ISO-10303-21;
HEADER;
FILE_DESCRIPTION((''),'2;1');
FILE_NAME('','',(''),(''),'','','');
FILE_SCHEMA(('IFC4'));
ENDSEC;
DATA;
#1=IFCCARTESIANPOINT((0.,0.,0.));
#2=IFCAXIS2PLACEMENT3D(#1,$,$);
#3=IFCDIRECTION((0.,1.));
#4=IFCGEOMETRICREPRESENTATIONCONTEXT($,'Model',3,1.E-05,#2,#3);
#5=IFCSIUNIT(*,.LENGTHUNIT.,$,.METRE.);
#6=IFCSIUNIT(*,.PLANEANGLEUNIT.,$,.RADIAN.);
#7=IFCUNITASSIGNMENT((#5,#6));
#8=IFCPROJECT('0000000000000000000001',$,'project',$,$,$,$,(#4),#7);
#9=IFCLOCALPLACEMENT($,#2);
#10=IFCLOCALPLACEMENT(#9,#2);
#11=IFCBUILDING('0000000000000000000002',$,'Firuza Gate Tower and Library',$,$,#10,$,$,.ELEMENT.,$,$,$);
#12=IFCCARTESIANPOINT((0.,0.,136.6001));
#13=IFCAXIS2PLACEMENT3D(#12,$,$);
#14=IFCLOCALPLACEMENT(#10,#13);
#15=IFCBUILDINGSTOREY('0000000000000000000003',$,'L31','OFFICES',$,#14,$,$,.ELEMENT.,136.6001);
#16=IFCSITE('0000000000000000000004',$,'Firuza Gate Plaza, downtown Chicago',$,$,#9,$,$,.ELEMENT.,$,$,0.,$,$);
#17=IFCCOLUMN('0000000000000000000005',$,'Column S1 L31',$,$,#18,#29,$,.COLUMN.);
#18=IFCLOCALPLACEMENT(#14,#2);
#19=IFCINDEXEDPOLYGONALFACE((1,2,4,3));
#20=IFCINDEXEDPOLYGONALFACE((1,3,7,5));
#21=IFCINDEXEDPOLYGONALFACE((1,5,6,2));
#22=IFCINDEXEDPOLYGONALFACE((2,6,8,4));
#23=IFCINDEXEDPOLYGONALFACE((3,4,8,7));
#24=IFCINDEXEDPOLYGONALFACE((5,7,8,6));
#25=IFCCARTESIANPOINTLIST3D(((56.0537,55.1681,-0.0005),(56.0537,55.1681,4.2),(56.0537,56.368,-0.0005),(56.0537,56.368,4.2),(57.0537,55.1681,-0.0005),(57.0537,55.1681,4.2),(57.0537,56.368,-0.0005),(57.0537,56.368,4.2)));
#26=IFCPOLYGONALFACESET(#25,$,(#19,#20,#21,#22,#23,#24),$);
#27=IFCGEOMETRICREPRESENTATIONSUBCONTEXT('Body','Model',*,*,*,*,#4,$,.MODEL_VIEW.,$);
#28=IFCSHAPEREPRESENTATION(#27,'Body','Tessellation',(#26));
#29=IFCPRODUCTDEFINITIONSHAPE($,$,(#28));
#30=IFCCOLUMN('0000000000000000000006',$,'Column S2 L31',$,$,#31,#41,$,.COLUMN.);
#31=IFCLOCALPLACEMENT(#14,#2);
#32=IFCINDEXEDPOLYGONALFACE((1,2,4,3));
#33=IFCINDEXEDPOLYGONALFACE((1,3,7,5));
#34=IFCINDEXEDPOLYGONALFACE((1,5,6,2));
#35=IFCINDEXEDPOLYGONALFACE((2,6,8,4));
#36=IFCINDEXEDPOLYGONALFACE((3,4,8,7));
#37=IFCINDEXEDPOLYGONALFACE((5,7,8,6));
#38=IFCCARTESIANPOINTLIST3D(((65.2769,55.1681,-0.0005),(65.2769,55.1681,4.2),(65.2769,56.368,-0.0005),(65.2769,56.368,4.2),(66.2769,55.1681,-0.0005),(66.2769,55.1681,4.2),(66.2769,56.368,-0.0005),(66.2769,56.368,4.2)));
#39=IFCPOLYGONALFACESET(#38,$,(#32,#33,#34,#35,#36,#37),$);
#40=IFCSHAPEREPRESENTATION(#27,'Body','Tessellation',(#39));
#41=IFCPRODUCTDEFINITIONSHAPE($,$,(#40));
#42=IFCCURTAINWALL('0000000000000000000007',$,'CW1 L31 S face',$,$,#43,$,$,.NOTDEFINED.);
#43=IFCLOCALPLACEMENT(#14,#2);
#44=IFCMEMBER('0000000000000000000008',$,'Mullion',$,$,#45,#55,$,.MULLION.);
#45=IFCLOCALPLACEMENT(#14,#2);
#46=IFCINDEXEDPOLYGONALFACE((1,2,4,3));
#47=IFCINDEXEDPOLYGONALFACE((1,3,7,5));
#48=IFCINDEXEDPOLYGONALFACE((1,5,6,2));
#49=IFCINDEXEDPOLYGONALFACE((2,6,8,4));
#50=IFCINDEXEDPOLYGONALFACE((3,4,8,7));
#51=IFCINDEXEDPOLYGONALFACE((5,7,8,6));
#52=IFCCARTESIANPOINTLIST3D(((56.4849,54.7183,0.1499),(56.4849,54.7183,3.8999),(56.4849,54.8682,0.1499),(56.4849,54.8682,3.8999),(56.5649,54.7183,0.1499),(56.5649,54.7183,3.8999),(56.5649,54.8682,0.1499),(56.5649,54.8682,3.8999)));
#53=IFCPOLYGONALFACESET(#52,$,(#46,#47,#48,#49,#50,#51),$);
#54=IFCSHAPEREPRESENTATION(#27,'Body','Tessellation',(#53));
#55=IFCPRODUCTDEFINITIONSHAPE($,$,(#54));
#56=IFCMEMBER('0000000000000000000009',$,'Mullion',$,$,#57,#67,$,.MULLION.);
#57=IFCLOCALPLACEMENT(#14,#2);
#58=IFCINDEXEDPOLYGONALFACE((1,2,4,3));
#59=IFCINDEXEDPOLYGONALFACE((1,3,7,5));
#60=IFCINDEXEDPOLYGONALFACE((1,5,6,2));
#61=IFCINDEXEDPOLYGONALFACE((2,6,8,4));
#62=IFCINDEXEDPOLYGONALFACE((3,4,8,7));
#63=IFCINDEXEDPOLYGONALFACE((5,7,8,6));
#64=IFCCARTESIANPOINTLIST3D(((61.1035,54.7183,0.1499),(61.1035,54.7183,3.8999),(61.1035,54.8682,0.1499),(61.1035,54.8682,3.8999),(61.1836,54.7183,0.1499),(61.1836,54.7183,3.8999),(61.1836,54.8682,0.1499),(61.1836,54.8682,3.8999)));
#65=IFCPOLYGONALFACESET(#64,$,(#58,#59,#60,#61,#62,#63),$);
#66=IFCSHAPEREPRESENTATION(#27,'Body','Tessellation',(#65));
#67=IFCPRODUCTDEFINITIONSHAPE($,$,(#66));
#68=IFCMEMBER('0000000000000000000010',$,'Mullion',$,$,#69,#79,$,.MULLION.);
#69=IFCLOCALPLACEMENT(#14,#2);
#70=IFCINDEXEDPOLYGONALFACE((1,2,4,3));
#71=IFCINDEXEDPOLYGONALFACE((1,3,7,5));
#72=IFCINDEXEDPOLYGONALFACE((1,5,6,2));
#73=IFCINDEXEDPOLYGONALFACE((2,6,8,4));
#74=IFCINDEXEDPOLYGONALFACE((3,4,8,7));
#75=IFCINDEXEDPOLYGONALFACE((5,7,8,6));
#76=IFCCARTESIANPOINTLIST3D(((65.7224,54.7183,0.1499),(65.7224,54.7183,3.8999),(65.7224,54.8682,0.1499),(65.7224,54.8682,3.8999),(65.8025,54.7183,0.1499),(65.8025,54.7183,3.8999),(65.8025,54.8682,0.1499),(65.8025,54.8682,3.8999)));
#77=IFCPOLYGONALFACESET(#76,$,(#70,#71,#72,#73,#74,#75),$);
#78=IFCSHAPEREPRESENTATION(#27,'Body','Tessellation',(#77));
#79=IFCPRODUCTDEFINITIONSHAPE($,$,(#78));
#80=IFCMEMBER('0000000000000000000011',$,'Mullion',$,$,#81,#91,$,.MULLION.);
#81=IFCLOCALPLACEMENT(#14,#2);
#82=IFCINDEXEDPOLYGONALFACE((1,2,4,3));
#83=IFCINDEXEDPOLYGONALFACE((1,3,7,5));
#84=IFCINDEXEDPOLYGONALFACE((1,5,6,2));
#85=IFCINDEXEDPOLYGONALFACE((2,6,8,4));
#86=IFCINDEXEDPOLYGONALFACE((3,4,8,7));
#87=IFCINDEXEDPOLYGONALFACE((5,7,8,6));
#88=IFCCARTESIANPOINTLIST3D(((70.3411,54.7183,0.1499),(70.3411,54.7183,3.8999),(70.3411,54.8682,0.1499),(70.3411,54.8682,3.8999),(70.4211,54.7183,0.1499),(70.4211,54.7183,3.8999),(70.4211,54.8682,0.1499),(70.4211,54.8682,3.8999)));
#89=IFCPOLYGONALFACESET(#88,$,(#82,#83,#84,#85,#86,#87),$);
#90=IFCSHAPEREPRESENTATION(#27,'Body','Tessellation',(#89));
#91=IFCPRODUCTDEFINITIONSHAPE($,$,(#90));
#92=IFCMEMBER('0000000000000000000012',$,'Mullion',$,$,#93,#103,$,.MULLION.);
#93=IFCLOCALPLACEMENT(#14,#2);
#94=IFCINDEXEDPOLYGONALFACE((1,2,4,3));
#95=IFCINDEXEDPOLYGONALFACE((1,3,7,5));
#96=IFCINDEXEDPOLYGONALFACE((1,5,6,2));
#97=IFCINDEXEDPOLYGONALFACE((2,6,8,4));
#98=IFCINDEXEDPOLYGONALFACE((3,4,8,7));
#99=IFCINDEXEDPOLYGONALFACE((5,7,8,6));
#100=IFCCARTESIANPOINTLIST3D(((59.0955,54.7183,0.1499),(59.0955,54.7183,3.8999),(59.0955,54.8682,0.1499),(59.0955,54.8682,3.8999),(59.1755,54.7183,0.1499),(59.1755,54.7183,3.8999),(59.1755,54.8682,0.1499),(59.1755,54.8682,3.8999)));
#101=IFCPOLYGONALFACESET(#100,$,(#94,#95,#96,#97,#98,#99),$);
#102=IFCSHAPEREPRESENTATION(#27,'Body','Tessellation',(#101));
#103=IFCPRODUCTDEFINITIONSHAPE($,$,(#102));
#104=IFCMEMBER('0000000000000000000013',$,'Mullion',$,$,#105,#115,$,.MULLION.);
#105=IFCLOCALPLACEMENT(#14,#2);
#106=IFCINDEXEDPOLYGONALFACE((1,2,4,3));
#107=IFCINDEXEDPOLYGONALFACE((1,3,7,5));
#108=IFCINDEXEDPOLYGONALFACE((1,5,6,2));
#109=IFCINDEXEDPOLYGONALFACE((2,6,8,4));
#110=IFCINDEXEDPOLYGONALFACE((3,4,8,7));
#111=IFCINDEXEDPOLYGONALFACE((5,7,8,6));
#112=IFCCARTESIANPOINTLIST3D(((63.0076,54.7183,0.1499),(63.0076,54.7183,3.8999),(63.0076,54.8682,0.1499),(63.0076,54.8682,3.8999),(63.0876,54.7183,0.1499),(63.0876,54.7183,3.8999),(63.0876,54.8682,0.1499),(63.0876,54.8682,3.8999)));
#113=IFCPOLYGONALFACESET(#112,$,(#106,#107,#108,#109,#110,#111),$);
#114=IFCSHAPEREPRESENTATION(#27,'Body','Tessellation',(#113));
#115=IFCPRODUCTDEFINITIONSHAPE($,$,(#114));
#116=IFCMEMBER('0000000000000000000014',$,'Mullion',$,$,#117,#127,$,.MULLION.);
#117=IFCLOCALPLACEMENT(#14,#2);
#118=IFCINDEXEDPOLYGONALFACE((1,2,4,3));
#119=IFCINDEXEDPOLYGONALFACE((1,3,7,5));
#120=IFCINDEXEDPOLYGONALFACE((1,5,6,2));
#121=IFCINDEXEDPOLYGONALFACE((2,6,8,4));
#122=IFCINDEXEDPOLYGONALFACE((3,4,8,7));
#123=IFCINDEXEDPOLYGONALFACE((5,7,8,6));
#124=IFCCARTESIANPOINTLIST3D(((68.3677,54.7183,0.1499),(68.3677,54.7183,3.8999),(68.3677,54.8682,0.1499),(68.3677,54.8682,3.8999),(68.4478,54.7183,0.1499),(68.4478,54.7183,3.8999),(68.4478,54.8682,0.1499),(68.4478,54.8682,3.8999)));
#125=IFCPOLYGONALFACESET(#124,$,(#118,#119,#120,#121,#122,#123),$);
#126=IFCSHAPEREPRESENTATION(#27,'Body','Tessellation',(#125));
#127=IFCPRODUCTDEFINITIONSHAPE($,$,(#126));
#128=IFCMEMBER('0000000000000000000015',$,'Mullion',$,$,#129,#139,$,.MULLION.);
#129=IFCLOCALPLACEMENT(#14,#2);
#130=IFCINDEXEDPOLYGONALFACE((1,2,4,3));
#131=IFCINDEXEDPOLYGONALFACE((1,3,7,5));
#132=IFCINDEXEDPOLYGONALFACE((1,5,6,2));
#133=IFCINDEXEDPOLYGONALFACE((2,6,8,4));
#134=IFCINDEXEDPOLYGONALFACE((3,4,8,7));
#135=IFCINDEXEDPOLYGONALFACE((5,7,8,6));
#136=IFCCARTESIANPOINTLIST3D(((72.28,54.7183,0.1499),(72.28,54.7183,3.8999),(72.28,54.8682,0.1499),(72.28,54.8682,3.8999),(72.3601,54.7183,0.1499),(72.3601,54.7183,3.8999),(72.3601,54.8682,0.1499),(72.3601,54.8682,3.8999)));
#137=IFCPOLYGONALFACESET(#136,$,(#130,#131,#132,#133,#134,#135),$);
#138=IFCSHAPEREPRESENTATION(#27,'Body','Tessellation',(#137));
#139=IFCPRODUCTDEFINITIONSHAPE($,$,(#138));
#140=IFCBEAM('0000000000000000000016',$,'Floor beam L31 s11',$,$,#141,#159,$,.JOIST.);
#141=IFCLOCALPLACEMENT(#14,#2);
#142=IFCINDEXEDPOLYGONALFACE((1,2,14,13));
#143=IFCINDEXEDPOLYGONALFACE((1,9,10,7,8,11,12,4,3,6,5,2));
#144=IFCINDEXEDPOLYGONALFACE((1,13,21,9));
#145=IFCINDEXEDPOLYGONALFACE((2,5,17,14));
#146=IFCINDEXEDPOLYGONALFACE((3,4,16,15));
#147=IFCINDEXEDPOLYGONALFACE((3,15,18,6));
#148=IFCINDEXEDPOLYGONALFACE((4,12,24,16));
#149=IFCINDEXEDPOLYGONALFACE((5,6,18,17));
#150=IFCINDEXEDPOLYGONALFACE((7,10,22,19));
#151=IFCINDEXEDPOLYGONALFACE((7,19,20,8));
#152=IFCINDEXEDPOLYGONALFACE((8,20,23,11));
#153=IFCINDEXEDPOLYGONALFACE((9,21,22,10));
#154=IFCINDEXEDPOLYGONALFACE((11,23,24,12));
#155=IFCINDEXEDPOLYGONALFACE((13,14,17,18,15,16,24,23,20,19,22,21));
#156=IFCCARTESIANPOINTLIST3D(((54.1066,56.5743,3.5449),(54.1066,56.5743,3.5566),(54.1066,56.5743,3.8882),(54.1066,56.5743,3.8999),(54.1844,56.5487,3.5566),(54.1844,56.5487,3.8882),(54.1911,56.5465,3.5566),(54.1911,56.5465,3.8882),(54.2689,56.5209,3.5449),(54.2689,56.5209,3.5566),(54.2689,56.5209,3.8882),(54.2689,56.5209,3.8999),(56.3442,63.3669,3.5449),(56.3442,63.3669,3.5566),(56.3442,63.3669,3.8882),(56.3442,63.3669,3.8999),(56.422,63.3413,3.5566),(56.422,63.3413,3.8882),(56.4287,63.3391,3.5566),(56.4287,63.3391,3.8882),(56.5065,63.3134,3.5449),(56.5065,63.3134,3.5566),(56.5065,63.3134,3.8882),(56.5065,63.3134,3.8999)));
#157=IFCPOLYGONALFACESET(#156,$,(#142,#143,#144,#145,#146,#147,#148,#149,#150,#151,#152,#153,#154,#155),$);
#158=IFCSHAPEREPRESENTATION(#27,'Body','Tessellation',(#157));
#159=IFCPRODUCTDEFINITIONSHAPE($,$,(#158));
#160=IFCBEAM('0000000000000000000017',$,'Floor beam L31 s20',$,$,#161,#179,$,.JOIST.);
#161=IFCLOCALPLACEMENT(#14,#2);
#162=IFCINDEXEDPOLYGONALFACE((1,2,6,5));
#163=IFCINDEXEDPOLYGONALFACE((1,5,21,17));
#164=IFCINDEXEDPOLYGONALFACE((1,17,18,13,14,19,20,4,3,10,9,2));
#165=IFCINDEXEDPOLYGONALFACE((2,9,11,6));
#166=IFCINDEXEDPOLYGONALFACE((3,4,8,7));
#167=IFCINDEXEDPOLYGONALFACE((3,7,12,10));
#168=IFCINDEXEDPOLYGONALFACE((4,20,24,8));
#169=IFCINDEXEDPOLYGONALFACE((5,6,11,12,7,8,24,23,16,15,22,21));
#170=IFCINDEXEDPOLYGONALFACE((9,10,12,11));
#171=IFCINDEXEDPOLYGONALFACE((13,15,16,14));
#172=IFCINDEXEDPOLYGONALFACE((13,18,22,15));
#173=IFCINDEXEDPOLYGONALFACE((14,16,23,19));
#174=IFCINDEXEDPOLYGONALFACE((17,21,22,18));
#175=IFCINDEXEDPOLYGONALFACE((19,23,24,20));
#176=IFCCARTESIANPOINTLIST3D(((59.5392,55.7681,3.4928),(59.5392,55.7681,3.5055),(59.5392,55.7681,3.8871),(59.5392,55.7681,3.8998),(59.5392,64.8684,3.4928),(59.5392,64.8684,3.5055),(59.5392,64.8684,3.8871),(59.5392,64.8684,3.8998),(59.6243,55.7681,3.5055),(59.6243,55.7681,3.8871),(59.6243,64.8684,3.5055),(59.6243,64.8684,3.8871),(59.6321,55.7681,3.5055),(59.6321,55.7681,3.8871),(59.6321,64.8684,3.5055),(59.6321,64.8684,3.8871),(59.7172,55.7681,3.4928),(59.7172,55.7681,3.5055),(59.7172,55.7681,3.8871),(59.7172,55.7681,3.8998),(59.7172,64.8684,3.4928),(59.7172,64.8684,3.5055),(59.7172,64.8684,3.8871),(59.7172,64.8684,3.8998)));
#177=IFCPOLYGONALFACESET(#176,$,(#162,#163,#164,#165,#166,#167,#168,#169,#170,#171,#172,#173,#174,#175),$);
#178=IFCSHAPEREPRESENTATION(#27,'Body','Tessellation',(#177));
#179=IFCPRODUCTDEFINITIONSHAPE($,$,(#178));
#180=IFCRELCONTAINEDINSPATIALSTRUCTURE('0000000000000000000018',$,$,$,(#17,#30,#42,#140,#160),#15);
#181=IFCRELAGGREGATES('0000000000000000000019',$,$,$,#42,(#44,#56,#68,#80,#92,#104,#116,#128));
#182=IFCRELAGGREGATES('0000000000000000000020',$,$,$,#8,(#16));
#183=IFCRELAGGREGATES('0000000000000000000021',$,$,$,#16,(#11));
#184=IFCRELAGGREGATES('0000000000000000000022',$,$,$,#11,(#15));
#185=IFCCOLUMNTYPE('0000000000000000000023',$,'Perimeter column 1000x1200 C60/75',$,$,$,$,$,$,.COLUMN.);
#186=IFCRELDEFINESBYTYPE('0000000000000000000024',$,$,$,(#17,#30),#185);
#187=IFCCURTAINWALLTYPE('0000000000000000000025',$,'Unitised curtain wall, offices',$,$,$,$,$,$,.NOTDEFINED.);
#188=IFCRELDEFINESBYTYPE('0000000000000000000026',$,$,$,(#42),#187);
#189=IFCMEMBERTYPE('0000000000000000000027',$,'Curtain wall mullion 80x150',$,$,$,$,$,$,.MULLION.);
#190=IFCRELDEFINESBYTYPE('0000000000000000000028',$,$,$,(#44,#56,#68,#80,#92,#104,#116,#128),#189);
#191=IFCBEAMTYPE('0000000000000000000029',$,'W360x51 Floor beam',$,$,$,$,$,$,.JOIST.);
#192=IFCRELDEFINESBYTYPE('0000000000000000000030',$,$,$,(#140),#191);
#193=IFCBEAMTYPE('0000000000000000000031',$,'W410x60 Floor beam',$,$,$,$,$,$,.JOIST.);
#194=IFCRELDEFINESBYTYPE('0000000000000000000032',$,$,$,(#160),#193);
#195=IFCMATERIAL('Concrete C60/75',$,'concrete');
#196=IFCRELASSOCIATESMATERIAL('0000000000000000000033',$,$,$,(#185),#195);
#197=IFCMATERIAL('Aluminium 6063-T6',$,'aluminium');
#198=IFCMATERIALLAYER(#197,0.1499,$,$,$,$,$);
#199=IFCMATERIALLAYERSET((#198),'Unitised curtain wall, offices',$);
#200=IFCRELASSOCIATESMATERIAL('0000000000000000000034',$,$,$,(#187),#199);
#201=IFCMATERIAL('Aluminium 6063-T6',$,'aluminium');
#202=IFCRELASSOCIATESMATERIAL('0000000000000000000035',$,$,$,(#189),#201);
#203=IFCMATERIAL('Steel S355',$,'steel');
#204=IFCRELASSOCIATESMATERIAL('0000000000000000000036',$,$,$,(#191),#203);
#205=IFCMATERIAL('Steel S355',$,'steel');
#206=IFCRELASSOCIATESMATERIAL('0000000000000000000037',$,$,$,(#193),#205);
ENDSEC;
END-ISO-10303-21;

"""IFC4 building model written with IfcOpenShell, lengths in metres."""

from ifc_helpers import new_model, si_unit, direction, frame, origin, origin_2d, place, context, subcontext, project, spatial, rectangle, i_section, extrude, material, layer, layer_set, material_profile, profile_set, type_object, element, aggregate, save


model = new_model("IFC4")

# Units and contexts
model_context = context("Model", 3, precision=1e-05, world=origin(), true_north=direction((0.0, 1.0)))
body_context = subcontext(model_context, "Body", "Model", "MODEL_VIEW")
ifc_project = project(units=[si_unit("LENGTHUNIT", "METRE"), si_unit("PLANEANGLEUNIT", "RADIAN")], contexts=[model_context])

# Site, building, storey
site_placement = place(None, origin())
site = spatial("IfcSite", under=ifc_project, at=site_placement, Name="Firuza Gate Plaza, downtown Chicago", CompositionType="ELEMENT", RefElevation=0.0)
building_placement = place(site_placement, origin())
building = spatial("IfcBuilding", under=site, at=building_placement, Name="Firuza Gate Tower and Library", CompositionType="ELEMENT")
storey_placement = place(building_placement, frame((0.0, 0.0, 136.6001)))
storey = spatial("IfcBuildingStorey", under=building, at=storey_placement, Name="L31", Description="OFFICES", CompositionType="ELEMENT", Elevation=136.6001)

# Columns
ifc_material_1 = material(Name="Concrete C60/75", Category="concrete")
ifc_material_profile_1 = material_profile(ifc_material_1, rectangle(XDim=1.0, YDim=1.2, at=origin_2d()))
ifc_profile_set_1 = profile_set([ifc_material_profile_1], Name="Concrete C60/75")
column_type = type_object("IfcColumnType", Name="Perimeter column 1000x1200 C60/75", PredefinedType="COLUMN", material=ifc_profile_set_1)
for number, where, z_axis, x_axis, name in (
    (1, (56.5537, 55.7681, -0.0005), (0.0, 0.0, 1.0), (1.0, 0.0, 0.0), "Column S1 L31"),
    (2, (65.7769, 55.7681, -0.0005), (0.0, 0.0, 1.0), (1.0, 0.0, 0.0), "Column S2 L31"),
):
    element("IfcColumn", number, at=place(storey_placement, frame(where, z_axis=z_axis, x_axis=x_axis)), inside=storey, type_object=column_type, Name=name, PredefinedType="COLUMN", context=body_context, shape_type="SweptSolid", body=[
        extrude(rectangle(XDim=1.0, YDim=1.2, at=origin_2d()), origin(), (0.0, 0.0, 1.0), 4.2004),
    ])

# Curtain wall, members
ifc_material_2 = material(Name="Aluminium 6063-T6", Category="aluminium")
ifc_layer_1 = layer(ifc_material_2, 0.1499)
ifc_layer_set_1 = layer_set([ifc_layer_1], Name="Unitised curtain wall, offices")
curtain_wall_type = type_object("IfcCurtainWallType", Name="Unitised curtain wall, offices", PredefinedType="NOTDEFINED", material=ifc_layer_set_1)
curtain_wall_placement = place(storey_placement, origin())
curtain_wall = element("IfcCurtainWall", 3, at=curtain_wall_placement, inside=storey, type_object=curtain_wall_type, Name="CW1 L31 S face", PredefinedType="NOTDEFINED")
ifc_material_3 = material(Name="Aluminium 6063-T6", Category="aluminium")
ifc_material_profile_2 = material_profile(ifc_material_3, rectangle(XDim=0.1499, YDim=0.0801, at=origin_2d()))
ifc_profile_set_2 = profile_set([ifc_material_profile_2], Name="Aluminium 6063-T6")
member_type = type_object("IfcMemberType", Name="Curtain wall mullion 80x150", PredefinedType="MULLION", material=ifc_profile_set_2)
member_1_placement = place(storey_placement, frame((56.5249, 54.7932, 0.1499), z_axis=(0.0, 0.0, 1.0), x_axis=(0.0, 1.0, 0.0)))
member_1 = element("IfcMember", 4, at=member_1_placement, type_object=member_type, Name="Mullion", PredefinedType="MULLION", context=body_context, shape_type="SweptSolid", body=[
    extrude(rectangle(XDim=0.1499, YDim=0.0801, at=origin_2d()), origin(), (0.0, 0.0, 1.0), 3.75),
])
member_2_placement = place(storey_placement, frame((61.1436, 54.7932, 0.1499), z_axis=(0.0, 0.0, 1.0), x_axis=(0.0, 1.0, 0.0)))
member_2 = element("IfcMember", 5, at=member_2_placement, type_object=member_type, Name="Mullion", PredefinedType="MULLION", context=body_context, shape_type="SweptSolid", body=[
    extrude(rectangle(XDim=0.1499, YDim=0.0801, at=origin_2d()), origin(), (0.0, 0.0, 1.0), 3.75),
])
member_3_placement = place(storey_placement, frame((65.7625, 54.7932, 0.1499), z_axis=(0.0, 0.0, 1.0), x_axis=(0.0, 1.0, 0.0)))
member_3 = element("IfcMember", 6, at=member_3_placement, type_object=member_type, Name="Mullion", PredefinedType="MULLION", context=body_context, shape_type="SweptSolid", body=[
    extrude(rectangle(XDim=0.1499, YDim=0.0801, at=origin_2d()), origin(), (0.0, 0.0, 1.0), 3.75),
])
member_4_placement = place(storey_placement, frame((70.3811, 54.7932, 0.1499), z_axis=(0.0, 0.0, 1.0), x_axis=(0.0, 1.0, 0.0)))
member_4 = element("IfcMember", 7, at=member_4_placement, type_object=member_type, Name="Mullion", PredefinedType="MULLION", context=body_context, shape_type="SweptSolid", body=[
    extrude(rectangle(XDim=0.1499, YDim=0.0801, at=origin_2d()), origin(), (0.0, 0.0, 1.0), 3.75),
])
member_5_placement = place(storey_placement, frame((59.1355, 54.7932, 0.1499), z_axis=(0.0, 0.0, 1.0), x_axis=(0.0, 1.0, 0.0)))
member_5 = element("IfcMember", 8, at=member_5_placement, type_object=member_type, Name="Mullion", PredefinedType="MULLION", context=body_context, shape_type="SweptSolid", body=[
    extrude(rectangle(XDim=0.1499, YDim=0.0801, at=origin_2d()), origin(), (0.0, 0.0, 1.0), 3.75),
])
member_6_placement = place(storey_placement, frame((63.0476, 54.7932, 0.1499), z_axis=(0.0, 0.0, 1.0), x_axis=(0.0, 1.0, 0.0)))
member_6 = element("IfcMember", 9, at=member_6_placement, type_object=member_type, Name="Mullion", PredefinedType="MULLION", context=body_context, shape_type="SweptSolid", body=[
    extrude(rectangle(XDim=0.1499, YDim=0.0801, at=origin_2d()), origin(), (0.0, 0.0, 1.0), 3.75),
])
member_7_placement = place(storey_placement, frame((68.4077, 54.7932, 0.1499), z_axis=(0.0, 0.0, 1.0), x_axis=(0.0, 1.0, 0.0)))
member_7 = element("IfcMember", 10, at=member_7_placement, type_object=member_type, Name="Mullion", PredefinedType="MULLION", context=body_context, shape_type="SweptSolid", body=[
    extrude(rectangle(XDim=0.1499, YDim=0.0801, at=origin_2d()), origin(), (0.0, 0.0, 1.0), 3.75),
])
member_8_placement = place(storey_placement, frame((72.3201, 54.7932, 0.1499), z_axis=(0.0, 0.0, 1.0), x_axis=(0.0, 1.0, 0.0)))
member_8 = element("IfcMember", 11, at=member_8_placement, type_object=member_type, Name="Mullion", PredefinedType="MULLION", context=body_context, shape_type="SweptSolid", body=[
    extrude(rectangle(XDim=0.1499, YDim=0.0801, at=origin_2d()), origin(), (0.0, 0.0, 1.0), 3.75),
])

# Beams
ifc_material_4 = material(Name="Steel S355", Category="steel")
ifc_material_profile_3 = material_profile(ifc_material_4, i_section(OverallWidth=0.1709, OverallDepth=0.355, WebThickness=0.0071, FlangeThickness=0.0117, at=origin_2d()))
ifc_profile_set_3 = profile_set([ifc_material_profile_3], Name="Steel S355")
beam_type_1 = type_object("IfcBeamType", Name="W360x51 Floor beam", PredefinedType="JOIST", material=ifc_profile_set_3)
beam_1_placement = place(storey_placement, frame((54.1877, 56.5476, 3.7224), z_axis=(0.312877, 0.949794, 0.0), x_axis=(-0.949794, 0.312877, 0.0)))
element("IfcBeam", 12, at=beam_1_placement, inside=storey, type_object=beam_type_1, Name="Floor beam L31 s11", PredefinedType="JOIST", context=body_context, shape_type="SweptSolid", body=[
    extrude(i_section(OverallWidth=0.1709, OverallDepth=0.355, WebThickness=0.0071, FlangeThickness=0.0117, at=origin_2d()), origin(), (0.0, 0.0, 1.0), 7.1516),
])
ifc_material_5 = material(Name="Steel S355", Category="steel")
ifc_material_profile_4 = material_profile(ifc_material_5, i_section(OverallWidth=0.178, OverallDepth=0.407, WebThickness=0.0078, FlangeThickness=0.0127, at=origin_2d()))
ifc_profile_set_4 = profile_set([ifc_material_profile_4], Name="Steel S355")
beam_type_2 = type_object("IfcBeamType", Name="W410x60 Floor beam", PredefinedType="JOIST", material=ifc_profile_set_4)
beam_2_placement = place(storey_placement, frame((59.6282, 55.7681, 3.6963), z_axis=(0.0, 1.0, 0.0), x_axis=(-1.0, 0.0, 0.0)))
element("IfcBeam", 13, at=beam_2_placement, inside=storey, type_object=beam_type_2, Name="Floor beam L31 s20", PredefinedType="JOIST", context=body_context, shape_type="SweptSolid", body=[
    extrude(i_section(OverallWidth=0.178, OverallDepth=0.407, WebThickness=0.0078, FlangeThickness=0.0127, at=origin_2d()), origin(), (0.0, 0.0, 1.0), 9.1003),
])

aggregate(curtain_wall, [member_1, member_2, member_3, member_4, member_5, member_6, member_7, member_8])

save(model, "model.ifc")
